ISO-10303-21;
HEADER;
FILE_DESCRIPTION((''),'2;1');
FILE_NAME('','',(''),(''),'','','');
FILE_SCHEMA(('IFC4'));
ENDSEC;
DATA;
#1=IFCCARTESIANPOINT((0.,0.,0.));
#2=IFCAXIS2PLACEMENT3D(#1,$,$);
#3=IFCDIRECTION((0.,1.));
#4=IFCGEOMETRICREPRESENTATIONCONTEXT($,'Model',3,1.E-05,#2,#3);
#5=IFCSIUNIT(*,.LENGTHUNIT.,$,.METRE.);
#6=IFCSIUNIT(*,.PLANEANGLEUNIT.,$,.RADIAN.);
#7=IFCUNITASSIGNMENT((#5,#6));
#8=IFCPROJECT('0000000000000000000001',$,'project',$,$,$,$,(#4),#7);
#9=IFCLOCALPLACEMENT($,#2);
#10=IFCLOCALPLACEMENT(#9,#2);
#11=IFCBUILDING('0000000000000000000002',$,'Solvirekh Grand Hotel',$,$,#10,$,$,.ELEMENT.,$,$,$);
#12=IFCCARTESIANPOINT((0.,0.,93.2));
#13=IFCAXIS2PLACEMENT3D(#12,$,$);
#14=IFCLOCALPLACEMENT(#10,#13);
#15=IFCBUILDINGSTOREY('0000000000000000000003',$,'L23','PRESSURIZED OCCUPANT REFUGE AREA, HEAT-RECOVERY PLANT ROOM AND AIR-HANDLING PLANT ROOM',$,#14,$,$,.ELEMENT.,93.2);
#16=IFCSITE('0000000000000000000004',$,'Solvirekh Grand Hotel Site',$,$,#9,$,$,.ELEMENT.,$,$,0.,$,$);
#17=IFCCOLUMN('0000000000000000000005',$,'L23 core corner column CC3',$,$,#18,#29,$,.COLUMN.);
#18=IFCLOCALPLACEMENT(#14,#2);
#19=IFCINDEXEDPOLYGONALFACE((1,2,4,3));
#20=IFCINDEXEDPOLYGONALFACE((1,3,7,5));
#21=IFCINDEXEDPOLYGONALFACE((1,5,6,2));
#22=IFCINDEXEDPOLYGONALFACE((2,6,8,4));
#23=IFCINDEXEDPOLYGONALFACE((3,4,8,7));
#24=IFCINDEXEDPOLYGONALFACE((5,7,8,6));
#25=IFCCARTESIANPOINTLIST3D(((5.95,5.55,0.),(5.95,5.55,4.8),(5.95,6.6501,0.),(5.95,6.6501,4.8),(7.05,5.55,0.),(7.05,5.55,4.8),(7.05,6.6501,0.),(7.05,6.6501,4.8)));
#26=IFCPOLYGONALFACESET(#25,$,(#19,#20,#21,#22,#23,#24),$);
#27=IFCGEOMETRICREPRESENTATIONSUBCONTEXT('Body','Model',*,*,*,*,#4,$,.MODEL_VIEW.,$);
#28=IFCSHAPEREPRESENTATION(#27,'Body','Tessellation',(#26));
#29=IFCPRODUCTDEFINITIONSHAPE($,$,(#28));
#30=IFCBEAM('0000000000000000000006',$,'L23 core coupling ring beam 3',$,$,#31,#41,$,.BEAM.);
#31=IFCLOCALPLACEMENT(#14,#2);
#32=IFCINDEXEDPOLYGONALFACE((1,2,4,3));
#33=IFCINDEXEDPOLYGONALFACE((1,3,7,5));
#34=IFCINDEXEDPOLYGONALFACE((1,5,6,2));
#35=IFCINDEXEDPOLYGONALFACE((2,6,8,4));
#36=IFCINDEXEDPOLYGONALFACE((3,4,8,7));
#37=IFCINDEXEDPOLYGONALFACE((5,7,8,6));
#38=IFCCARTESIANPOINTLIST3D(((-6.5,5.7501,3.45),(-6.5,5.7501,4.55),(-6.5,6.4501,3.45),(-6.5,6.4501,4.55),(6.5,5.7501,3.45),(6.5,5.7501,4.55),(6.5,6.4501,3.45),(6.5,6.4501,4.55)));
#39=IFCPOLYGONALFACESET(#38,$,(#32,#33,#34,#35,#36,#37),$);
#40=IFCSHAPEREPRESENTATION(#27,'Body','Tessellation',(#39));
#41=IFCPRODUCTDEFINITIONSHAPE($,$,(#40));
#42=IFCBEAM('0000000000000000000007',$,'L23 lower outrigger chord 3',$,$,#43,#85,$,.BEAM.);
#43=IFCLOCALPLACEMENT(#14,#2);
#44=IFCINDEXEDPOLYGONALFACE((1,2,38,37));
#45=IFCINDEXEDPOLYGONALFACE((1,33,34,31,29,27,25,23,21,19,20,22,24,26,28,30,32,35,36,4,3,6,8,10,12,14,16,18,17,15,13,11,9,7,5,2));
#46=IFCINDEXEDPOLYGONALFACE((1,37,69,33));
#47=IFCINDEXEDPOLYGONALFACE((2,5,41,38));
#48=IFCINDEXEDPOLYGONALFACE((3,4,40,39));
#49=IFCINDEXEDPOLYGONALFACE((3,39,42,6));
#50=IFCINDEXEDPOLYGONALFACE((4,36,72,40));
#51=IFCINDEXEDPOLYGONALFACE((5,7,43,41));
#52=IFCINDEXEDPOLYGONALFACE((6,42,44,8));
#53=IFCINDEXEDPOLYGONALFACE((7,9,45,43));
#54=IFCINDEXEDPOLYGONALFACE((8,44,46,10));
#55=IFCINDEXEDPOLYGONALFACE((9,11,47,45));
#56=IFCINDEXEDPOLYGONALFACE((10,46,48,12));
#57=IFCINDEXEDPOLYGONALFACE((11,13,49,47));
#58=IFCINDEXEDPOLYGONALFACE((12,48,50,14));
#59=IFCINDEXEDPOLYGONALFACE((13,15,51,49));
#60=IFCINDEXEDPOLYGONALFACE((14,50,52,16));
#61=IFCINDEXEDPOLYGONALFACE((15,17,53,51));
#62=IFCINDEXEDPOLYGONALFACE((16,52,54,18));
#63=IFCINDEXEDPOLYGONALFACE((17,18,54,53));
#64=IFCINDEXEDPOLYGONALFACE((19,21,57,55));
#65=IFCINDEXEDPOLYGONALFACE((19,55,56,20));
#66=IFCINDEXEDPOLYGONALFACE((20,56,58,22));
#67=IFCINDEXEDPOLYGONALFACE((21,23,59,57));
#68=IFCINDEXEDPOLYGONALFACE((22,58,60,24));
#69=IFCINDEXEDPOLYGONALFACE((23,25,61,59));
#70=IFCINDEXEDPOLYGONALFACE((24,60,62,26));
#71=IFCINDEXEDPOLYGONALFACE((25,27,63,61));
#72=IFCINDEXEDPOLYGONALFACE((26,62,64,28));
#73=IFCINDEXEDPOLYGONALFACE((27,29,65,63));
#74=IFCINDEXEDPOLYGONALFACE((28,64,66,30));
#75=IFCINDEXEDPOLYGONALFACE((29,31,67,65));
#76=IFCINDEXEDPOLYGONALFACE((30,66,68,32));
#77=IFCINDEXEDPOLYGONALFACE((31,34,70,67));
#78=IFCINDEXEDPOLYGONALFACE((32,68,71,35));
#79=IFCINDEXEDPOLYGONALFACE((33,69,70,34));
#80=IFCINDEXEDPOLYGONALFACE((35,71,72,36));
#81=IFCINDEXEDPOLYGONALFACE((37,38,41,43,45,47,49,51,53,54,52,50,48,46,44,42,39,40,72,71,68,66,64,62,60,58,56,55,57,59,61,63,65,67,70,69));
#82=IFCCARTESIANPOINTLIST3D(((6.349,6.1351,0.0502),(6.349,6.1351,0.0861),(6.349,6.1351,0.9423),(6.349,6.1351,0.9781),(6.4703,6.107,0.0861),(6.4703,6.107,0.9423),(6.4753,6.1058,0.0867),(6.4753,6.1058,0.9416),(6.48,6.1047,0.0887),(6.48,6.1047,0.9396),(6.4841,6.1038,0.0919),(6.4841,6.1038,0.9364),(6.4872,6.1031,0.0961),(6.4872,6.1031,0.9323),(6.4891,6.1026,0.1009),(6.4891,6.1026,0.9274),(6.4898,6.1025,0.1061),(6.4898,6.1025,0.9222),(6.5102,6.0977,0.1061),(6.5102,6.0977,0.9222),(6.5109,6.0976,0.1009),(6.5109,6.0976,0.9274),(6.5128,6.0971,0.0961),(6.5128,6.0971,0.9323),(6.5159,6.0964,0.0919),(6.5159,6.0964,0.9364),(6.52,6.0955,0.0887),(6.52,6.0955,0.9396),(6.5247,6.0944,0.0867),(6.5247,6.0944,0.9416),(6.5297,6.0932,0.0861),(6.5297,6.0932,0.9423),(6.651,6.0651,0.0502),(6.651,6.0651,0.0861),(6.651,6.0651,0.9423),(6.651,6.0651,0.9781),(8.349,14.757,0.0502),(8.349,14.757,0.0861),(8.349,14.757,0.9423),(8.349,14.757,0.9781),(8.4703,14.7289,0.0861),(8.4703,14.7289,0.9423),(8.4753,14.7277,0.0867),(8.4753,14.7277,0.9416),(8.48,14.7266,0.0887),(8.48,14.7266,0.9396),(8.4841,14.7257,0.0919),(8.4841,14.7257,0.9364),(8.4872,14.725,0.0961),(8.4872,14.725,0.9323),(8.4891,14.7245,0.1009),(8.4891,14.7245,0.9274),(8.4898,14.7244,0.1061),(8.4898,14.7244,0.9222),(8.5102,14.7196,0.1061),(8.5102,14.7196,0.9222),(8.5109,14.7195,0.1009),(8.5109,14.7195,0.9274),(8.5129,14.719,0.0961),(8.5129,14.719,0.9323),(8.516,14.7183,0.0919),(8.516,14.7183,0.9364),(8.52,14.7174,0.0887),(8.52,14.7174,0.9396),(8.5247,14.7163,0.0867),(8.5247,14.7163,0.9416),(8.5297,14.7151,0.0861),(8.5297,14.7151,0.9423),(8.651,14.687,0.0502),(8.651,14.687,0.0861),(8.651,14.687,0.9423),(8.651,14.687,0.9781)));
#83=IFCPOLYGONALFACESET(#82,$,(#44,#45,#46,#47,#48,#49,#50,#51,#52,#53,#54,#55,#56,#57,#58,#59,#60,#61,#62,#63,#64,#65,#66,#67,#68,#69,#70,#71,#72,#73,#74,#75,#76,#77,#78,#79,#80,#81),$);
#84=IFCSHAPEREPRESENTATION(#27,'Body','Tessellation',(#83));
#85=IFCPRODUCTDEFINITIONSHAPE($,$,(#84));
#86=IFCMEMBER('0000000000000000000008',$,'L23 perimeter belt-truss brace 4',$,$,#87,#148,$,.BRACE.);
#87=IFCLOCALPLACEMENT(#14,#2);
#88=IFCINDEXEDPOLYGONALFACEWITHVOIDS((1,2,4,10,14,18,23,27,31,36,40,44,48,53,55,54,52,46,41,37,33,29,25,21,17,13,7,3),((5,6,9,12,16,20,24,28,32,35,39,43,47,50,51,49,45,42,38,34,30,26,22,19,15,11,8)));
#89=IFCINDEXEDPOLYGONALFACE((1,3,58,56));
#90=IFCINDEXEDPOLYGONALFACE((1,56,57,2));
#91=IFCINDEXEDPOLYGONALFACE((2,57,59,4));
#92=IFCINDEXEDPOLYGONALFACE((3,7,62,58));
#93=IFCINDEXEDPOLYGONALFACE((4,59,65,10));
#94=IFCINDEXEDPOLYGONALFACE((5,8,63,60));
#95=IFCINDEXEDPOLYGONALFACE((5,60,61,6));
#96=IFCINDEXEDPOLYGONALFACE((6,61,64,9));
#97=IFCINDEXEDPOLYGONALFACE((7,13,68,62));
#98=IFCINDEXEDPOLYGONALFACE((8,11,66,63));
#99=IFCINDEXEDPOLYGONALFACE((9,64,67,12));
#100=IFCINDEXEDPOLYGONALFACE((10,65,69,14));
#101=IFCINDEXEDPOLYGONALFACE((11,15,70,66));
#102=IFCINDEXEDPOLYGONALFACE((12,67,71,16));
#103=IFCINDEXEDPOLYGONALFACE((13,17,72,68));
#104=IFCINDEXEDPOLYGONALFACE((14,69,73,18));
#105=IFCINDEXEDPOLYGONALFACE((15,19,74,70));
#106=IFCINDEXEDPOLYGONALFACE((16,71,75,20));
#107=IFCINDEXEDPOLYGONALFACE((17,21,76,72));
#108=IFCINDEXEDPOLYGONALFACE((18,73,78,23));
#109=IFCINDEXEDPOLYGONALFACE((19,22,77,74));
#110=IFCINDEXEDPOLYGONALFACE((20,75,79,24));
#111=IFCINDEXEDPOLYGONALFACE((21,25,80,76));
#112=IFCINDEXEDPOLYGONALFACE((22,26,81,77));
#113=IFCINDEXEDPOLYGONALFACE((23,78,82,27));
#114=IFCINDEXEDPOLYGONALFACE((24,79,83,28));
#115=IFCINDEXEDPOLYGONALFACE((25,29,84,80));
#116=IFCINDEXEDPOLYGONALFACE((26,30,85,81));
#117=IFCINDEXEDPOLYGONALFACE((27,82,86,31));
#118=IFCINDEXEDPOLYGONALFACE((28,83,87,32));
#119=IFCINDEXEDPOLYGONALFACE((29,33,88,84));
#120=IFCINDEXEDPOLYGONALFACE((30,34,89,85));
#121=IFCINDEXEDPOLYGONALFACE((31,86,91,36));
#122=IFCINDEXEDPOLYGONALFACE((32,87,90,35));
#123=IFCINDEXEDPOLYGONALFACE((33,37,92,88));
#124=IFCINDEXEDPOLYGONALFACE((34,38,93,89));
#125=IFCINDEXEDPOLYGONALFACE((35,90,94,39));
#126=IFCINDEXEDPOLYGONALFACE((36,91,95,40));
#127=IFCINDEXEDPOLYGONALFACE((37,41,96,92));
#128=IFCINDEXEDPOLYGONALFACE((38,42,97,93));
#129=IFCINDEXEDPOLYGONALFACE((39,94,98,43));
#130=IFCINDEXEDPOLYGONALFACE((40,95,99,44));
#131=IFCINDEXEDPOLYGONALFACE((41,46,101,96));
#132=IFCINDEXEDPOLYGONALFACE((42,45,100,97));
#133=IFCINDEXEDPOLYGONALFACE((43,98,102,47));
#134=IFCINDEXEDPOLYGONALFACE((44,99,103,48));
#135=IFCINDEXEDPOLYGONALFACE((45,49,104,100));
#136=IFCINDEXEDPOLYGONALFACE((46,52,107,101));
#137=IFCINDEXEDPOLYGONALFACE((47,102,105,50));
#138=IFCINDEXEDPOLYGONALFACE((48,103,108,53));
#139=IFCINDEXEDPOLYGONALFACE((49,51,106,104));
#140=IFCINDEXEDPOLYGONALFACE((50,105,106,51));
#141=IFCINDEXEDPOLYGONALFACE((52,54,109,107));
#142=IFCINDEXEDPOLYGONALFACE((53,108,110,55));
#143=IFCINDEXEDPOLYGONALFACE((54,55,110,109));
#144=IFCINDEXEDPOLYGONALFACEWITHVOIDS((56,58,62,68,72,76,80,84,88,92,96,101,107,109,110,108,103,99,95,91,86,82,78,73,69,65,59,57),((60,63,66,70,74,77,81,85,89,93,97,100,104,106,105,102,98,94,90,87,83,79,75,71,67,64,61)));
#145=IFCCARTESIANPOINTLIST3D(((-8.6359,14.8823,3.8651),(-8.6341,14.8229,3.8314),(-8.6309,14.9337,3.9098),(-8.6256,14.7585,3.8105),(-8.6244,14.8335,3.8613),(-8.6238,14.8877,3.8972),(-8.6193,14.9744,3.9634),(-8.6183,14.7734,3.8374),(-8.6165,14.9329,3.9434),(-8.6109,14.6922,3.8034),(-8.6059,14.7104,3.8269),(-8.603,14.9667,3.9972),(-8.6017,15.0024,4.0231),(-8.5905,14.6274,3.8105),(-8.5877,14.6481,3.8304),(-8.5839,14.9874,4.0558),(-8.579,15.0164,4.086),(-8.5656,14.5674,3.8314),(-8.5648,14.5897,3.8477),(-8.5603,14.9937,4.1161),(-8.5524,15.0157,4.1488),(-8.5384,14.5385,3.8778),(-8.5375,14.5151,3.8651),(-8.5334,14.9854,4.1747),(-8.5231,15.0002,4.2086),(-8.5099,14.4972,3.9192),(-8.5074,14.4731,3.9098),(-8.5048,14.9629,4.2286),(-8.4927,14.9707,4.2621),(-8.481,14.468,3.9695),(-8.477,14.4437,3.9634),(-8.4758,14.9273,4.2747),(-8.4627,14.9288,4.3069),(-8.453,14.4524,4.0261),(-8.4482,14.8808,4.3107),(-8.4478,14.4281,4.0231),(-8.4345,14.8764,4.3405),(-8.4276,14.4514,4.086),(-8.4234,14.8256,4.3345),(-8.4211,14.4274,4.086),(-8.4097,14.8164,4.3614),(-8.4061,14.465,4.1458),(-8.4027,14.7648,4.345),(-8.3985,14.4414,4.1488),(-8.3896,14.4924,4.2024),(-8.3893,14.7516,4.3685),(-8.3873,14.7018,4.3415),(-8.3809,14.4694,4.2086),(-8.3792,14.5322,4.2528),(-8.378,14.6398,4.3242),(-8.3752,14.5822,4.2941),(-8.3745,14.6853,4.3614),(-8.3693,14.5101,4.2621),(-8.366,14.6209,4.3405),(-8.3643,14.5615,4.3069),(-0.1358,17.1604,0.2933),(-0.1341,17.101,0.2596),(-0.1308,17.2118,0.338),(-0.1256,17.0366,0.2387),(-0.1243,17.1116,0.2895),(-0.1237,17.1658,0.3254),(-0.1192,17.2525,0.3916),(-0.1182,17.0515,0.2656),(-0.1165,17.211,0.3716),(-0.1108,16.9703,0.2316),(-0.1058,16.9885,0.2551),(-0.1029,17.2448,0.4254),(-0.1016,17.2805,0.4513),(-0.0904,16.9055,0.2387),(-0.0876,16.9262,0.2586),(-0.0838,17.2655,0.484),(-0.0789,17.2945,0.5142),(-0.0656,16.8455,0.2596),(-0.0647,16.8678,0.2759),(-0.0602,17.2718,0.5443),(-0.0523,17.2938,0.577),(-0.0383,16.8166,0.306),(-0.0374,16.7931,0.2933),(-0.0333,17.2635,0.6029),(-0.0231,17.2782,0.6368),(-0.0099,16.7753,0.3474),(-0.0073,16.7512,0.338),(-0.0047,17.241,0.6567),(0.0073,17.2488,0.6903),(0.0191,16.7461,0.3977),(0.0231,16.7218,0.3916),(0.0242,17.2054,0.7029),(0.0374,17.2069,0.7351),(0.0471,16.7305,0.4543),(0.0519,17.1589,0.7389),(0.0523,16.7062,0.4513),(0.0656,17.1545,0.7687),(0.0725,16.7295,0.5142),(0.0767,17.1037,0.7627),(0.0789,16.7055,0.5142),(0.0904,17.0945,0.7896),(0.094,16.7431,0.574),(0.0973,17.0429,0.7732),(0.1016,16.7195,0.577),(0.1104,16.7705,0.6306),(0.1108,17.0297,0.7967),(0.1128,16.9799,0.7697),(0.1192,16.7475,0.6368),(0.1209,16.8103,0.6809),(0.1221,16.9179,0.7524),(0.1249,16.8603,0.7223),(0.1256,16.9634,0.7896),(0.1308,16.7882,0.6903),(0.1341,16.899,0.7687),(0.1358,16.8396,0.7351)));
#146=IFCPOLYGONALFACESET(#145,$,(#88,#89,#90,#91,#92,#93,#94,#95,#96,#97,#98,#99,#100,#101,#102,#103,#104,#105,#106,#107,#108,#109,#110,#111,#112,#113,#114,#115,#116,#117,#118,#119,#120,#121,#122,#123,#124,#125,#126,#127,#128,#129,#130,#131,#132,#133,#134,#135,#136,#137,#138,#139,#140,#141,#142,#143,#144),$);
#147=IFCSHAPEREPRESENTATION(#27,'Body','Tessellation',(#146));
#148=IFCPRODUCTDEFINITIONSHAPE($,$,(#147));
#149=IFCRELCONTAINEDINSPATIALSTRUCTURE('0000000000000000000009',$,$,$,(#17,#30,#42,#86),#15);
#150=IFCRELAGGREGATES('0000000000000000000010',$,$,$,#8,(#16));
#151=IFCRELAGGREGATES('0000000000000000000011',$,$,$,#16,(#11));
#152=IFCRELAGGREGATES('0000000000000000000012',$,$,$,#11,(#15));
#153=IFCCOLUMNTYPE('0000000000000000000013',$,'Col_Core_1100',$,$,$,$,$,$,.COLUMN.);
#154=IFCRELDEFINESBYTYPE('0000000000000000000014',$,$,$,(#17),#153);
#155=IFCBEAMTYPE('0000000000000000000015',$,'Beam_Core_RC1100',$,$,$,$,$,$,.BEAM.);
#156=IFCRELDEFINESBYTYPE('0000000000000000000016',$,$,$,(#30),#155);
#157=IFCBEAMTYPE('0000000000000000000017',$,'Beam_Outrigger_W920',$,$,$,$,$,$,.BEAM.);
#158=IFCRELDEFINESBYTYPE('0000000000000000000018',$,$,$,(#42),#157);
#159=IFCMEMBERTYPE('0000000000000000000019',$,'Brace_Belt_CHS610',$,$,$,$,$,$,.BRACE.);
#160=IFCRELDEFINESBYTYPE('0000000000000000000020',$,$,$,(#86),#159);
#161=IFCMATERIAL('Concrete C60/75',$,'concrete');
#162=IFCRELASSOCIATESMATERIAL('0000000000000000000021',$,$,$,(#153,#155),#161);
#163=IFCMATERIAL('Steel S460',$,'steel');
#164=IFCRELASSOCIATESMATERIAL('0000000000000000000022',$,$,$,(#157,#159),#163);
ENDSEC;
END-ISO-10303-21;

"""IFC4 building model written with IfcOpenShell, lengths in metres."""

from ifc_helpers import new_model, si_unit, direction, frame, origin, origin_2d, place, context, subcontext, project, spatial, rectangle, hollow_circle, i_section, extrude, material, material_profile, profile_set, type_object, element, save


model = new_model("IFC4")

# Units and contexts
model_context = context("Model", 3, precision=1e-05, world=origin(), true_north=direction((0.0, 1.0)))
body_context = subcontext(model_context, "Body", "Model", "MODEL_VIEW")
ifc_project = project(units=[si_unit("LENGTHUNIT", "METRE"), si_unit("PLANEANGLEUNIT", "RADIAN")], contexts=[model_context])

# Site, building, storey
site_placement = place(None, origin())
site = spatial("IfcSite", under=ifc_project, at=site_placement, Name="Solvirekh Grand Hotel Site", CompositionType="ELEMENT", RefElevation=0.0)
building_placement = place(site_placement, origin())
building = spatial("IfcBuilding", under=site, at=building_placement, Name="Solvirekh Grand Hotel", CompositionType="ELEMENT")
storey_placement = place(building_placement, frame((0.0, 0.0, 93.2)))
storey = spatial("IfcBuildingStorey", under=building, at=storey_placement, Name="L23", Description="PRESSURIZED OCCUPANT REFUGE AREA, HEAT-RECOVERY PLANT ROOM AND AIR-HANDLING PLANT ROOM", CompositionType="ELEMENT", Elevation=93.2)

# Column
ifc_material_1 = material(Name="Concrete C60/75", Category="concrete")
ifc_material_profile_1 = material_profile(ifc_material_1, rectangle(XDim=1.1001, YDim=1.1001, at=origin_2d()), Name="RC 1100X1100")
ifc_profile_set_1 = profile_set([ifc_material_profile_1], Name="Concrete C60/75")
column_type = type_object("IfcColumnType", Name="Col_Core_1100", PredefinedType="COLUMN", material=ifc_profile_set_1)
column_placement = place(storey_placement, frame((6.5, 6.1001, 0.0), z_axis=(0.0, 0.0, 1.0), x_axis=(1.0, 0.0, 0.0)))
element("IfcColumn", 1, at=column_placement, inside=storey, type_object=column_type, Name="L23 core corner column CC3", PredefinedType="COLUMN", context=body_context, shape_type="SweptSolid", body=[
    extrude(rectangle(XDim=1.1001, YDim=1.1001, at=origin_2d()), origin(), (0.0, 0.0, 1.0), 4.8),
])

# Beams
ifc_material_profile_2 = material_profile(ifc_material_1, rectangle(XDim=0.7, YDim=1.1001, at=origin_2d()), Name="RC BEAM 700X1100")
ifc_profile_set_2 = profile_set([ifc_material_profile_2], Name="Concrete C60/75")
beam_type_1 = type_object("IfcBeamType", Name="Beam_Core_RC1100", PredefinedType="BEAM", material=ifc_profile_set_2)
beam_1_placement = place(storey_placement, frame((6.5, 6.1001, 4.0), z_axis=(-1.0, 0.0, 0.0), x_axis=(0.0, -1.0, 0.0)))
element("IfcBeam", 2, at=beam_1_placement, inside=storey, type_object=beam_type_1, Name="L23 core coupling ring beam 3", PredefinedType="BEAM", context=body_context, shape_type="SweptSolid", body=[
    extrude(rectangle(XDim=0.7, YDim=1.1001, at=origin_2d()), origin(), (0.0, 0.0, 1.0), 13.0),
])
ifc_material_2 = material(Name="Steel S460", Category="steel")
ifc_material_profile_3 = material_profile(ifc_material_2, i_section(OverallWidth=0.3101, OverallDepth=0.928, WebThickness=0.021, FlangeThickness=0.0359, FilletRadius=0.02, at=origin_2d()), Name="W920X342")
ifc_profile_set_3 = profile_set([ifc_material_profile_3], Name="Steel S460")
beam_type_2 = type_object("IfcBeamType", Name="Beam_Outrigger_W920", PredefinedType="BEAM", material=ifc_profile_set_3)
beam_2_placement = place(storey_placement, frame((6.5, 6.1001, 0.5142), z_axis=(0.225969, 0.974134, 0.0), x_axis=(-0.974134, 0.225969, 0.0)))
element("IfcBeam", 3, at=beam_2_placement, inside=storey, type_object=beam_type_2, Name="L23 lower outrigger chord 3", PredefinedType="BEAM", context=body_context, shape_type="SweptSolid", body=[
    extrude(i_section(OverallWidth=0.3101, OverallDepth=0.928, WebThickness=0.021, FlangeThickness=0.0359, FilletRadius=0.02, at=origin_2d()), origin(), (0.0, 0.0, 1.0), 8.8508),
])

# Member
ifc_material_profile_4 = material_profile(ifc_material_2, hollow_circle(Radius=0.3049, WallThickness=0.0249, at=origin_2d()), Name="CHS 610X25")
ifc_profile_set_4 = profile_set([ifc_material_profile_4], Name="Steel S460")
member_type_1 = type_object("IfcMemberType", Name="Brace_Belt_CHS610", PredefinedType="BRACE", material=ifc_profile_set_4)
member_1_placement = place(storey_placement, frame((0.0, 17.0, 0.5142), z_axis=(-0.894999, -0.239868, 0.376087), x_axis=(0.258873, -0.965911, 0.0)))
element("IfcMember", 4, at=member_1_placement, inside=storey, type_object=member_type_1, Name="L23 perimeter belt-truss brace 4", PredefinedType="BRACE", context=body_context, shape_type="SweptSolid", body=[
    extrude(hollow_circle(Radius=0.3049, WallThickness=0.0249, at=origin_2d()), origin(), (0.0, 0.0, 1.0), 9.4973),
])

save(model, "model.ifc")
